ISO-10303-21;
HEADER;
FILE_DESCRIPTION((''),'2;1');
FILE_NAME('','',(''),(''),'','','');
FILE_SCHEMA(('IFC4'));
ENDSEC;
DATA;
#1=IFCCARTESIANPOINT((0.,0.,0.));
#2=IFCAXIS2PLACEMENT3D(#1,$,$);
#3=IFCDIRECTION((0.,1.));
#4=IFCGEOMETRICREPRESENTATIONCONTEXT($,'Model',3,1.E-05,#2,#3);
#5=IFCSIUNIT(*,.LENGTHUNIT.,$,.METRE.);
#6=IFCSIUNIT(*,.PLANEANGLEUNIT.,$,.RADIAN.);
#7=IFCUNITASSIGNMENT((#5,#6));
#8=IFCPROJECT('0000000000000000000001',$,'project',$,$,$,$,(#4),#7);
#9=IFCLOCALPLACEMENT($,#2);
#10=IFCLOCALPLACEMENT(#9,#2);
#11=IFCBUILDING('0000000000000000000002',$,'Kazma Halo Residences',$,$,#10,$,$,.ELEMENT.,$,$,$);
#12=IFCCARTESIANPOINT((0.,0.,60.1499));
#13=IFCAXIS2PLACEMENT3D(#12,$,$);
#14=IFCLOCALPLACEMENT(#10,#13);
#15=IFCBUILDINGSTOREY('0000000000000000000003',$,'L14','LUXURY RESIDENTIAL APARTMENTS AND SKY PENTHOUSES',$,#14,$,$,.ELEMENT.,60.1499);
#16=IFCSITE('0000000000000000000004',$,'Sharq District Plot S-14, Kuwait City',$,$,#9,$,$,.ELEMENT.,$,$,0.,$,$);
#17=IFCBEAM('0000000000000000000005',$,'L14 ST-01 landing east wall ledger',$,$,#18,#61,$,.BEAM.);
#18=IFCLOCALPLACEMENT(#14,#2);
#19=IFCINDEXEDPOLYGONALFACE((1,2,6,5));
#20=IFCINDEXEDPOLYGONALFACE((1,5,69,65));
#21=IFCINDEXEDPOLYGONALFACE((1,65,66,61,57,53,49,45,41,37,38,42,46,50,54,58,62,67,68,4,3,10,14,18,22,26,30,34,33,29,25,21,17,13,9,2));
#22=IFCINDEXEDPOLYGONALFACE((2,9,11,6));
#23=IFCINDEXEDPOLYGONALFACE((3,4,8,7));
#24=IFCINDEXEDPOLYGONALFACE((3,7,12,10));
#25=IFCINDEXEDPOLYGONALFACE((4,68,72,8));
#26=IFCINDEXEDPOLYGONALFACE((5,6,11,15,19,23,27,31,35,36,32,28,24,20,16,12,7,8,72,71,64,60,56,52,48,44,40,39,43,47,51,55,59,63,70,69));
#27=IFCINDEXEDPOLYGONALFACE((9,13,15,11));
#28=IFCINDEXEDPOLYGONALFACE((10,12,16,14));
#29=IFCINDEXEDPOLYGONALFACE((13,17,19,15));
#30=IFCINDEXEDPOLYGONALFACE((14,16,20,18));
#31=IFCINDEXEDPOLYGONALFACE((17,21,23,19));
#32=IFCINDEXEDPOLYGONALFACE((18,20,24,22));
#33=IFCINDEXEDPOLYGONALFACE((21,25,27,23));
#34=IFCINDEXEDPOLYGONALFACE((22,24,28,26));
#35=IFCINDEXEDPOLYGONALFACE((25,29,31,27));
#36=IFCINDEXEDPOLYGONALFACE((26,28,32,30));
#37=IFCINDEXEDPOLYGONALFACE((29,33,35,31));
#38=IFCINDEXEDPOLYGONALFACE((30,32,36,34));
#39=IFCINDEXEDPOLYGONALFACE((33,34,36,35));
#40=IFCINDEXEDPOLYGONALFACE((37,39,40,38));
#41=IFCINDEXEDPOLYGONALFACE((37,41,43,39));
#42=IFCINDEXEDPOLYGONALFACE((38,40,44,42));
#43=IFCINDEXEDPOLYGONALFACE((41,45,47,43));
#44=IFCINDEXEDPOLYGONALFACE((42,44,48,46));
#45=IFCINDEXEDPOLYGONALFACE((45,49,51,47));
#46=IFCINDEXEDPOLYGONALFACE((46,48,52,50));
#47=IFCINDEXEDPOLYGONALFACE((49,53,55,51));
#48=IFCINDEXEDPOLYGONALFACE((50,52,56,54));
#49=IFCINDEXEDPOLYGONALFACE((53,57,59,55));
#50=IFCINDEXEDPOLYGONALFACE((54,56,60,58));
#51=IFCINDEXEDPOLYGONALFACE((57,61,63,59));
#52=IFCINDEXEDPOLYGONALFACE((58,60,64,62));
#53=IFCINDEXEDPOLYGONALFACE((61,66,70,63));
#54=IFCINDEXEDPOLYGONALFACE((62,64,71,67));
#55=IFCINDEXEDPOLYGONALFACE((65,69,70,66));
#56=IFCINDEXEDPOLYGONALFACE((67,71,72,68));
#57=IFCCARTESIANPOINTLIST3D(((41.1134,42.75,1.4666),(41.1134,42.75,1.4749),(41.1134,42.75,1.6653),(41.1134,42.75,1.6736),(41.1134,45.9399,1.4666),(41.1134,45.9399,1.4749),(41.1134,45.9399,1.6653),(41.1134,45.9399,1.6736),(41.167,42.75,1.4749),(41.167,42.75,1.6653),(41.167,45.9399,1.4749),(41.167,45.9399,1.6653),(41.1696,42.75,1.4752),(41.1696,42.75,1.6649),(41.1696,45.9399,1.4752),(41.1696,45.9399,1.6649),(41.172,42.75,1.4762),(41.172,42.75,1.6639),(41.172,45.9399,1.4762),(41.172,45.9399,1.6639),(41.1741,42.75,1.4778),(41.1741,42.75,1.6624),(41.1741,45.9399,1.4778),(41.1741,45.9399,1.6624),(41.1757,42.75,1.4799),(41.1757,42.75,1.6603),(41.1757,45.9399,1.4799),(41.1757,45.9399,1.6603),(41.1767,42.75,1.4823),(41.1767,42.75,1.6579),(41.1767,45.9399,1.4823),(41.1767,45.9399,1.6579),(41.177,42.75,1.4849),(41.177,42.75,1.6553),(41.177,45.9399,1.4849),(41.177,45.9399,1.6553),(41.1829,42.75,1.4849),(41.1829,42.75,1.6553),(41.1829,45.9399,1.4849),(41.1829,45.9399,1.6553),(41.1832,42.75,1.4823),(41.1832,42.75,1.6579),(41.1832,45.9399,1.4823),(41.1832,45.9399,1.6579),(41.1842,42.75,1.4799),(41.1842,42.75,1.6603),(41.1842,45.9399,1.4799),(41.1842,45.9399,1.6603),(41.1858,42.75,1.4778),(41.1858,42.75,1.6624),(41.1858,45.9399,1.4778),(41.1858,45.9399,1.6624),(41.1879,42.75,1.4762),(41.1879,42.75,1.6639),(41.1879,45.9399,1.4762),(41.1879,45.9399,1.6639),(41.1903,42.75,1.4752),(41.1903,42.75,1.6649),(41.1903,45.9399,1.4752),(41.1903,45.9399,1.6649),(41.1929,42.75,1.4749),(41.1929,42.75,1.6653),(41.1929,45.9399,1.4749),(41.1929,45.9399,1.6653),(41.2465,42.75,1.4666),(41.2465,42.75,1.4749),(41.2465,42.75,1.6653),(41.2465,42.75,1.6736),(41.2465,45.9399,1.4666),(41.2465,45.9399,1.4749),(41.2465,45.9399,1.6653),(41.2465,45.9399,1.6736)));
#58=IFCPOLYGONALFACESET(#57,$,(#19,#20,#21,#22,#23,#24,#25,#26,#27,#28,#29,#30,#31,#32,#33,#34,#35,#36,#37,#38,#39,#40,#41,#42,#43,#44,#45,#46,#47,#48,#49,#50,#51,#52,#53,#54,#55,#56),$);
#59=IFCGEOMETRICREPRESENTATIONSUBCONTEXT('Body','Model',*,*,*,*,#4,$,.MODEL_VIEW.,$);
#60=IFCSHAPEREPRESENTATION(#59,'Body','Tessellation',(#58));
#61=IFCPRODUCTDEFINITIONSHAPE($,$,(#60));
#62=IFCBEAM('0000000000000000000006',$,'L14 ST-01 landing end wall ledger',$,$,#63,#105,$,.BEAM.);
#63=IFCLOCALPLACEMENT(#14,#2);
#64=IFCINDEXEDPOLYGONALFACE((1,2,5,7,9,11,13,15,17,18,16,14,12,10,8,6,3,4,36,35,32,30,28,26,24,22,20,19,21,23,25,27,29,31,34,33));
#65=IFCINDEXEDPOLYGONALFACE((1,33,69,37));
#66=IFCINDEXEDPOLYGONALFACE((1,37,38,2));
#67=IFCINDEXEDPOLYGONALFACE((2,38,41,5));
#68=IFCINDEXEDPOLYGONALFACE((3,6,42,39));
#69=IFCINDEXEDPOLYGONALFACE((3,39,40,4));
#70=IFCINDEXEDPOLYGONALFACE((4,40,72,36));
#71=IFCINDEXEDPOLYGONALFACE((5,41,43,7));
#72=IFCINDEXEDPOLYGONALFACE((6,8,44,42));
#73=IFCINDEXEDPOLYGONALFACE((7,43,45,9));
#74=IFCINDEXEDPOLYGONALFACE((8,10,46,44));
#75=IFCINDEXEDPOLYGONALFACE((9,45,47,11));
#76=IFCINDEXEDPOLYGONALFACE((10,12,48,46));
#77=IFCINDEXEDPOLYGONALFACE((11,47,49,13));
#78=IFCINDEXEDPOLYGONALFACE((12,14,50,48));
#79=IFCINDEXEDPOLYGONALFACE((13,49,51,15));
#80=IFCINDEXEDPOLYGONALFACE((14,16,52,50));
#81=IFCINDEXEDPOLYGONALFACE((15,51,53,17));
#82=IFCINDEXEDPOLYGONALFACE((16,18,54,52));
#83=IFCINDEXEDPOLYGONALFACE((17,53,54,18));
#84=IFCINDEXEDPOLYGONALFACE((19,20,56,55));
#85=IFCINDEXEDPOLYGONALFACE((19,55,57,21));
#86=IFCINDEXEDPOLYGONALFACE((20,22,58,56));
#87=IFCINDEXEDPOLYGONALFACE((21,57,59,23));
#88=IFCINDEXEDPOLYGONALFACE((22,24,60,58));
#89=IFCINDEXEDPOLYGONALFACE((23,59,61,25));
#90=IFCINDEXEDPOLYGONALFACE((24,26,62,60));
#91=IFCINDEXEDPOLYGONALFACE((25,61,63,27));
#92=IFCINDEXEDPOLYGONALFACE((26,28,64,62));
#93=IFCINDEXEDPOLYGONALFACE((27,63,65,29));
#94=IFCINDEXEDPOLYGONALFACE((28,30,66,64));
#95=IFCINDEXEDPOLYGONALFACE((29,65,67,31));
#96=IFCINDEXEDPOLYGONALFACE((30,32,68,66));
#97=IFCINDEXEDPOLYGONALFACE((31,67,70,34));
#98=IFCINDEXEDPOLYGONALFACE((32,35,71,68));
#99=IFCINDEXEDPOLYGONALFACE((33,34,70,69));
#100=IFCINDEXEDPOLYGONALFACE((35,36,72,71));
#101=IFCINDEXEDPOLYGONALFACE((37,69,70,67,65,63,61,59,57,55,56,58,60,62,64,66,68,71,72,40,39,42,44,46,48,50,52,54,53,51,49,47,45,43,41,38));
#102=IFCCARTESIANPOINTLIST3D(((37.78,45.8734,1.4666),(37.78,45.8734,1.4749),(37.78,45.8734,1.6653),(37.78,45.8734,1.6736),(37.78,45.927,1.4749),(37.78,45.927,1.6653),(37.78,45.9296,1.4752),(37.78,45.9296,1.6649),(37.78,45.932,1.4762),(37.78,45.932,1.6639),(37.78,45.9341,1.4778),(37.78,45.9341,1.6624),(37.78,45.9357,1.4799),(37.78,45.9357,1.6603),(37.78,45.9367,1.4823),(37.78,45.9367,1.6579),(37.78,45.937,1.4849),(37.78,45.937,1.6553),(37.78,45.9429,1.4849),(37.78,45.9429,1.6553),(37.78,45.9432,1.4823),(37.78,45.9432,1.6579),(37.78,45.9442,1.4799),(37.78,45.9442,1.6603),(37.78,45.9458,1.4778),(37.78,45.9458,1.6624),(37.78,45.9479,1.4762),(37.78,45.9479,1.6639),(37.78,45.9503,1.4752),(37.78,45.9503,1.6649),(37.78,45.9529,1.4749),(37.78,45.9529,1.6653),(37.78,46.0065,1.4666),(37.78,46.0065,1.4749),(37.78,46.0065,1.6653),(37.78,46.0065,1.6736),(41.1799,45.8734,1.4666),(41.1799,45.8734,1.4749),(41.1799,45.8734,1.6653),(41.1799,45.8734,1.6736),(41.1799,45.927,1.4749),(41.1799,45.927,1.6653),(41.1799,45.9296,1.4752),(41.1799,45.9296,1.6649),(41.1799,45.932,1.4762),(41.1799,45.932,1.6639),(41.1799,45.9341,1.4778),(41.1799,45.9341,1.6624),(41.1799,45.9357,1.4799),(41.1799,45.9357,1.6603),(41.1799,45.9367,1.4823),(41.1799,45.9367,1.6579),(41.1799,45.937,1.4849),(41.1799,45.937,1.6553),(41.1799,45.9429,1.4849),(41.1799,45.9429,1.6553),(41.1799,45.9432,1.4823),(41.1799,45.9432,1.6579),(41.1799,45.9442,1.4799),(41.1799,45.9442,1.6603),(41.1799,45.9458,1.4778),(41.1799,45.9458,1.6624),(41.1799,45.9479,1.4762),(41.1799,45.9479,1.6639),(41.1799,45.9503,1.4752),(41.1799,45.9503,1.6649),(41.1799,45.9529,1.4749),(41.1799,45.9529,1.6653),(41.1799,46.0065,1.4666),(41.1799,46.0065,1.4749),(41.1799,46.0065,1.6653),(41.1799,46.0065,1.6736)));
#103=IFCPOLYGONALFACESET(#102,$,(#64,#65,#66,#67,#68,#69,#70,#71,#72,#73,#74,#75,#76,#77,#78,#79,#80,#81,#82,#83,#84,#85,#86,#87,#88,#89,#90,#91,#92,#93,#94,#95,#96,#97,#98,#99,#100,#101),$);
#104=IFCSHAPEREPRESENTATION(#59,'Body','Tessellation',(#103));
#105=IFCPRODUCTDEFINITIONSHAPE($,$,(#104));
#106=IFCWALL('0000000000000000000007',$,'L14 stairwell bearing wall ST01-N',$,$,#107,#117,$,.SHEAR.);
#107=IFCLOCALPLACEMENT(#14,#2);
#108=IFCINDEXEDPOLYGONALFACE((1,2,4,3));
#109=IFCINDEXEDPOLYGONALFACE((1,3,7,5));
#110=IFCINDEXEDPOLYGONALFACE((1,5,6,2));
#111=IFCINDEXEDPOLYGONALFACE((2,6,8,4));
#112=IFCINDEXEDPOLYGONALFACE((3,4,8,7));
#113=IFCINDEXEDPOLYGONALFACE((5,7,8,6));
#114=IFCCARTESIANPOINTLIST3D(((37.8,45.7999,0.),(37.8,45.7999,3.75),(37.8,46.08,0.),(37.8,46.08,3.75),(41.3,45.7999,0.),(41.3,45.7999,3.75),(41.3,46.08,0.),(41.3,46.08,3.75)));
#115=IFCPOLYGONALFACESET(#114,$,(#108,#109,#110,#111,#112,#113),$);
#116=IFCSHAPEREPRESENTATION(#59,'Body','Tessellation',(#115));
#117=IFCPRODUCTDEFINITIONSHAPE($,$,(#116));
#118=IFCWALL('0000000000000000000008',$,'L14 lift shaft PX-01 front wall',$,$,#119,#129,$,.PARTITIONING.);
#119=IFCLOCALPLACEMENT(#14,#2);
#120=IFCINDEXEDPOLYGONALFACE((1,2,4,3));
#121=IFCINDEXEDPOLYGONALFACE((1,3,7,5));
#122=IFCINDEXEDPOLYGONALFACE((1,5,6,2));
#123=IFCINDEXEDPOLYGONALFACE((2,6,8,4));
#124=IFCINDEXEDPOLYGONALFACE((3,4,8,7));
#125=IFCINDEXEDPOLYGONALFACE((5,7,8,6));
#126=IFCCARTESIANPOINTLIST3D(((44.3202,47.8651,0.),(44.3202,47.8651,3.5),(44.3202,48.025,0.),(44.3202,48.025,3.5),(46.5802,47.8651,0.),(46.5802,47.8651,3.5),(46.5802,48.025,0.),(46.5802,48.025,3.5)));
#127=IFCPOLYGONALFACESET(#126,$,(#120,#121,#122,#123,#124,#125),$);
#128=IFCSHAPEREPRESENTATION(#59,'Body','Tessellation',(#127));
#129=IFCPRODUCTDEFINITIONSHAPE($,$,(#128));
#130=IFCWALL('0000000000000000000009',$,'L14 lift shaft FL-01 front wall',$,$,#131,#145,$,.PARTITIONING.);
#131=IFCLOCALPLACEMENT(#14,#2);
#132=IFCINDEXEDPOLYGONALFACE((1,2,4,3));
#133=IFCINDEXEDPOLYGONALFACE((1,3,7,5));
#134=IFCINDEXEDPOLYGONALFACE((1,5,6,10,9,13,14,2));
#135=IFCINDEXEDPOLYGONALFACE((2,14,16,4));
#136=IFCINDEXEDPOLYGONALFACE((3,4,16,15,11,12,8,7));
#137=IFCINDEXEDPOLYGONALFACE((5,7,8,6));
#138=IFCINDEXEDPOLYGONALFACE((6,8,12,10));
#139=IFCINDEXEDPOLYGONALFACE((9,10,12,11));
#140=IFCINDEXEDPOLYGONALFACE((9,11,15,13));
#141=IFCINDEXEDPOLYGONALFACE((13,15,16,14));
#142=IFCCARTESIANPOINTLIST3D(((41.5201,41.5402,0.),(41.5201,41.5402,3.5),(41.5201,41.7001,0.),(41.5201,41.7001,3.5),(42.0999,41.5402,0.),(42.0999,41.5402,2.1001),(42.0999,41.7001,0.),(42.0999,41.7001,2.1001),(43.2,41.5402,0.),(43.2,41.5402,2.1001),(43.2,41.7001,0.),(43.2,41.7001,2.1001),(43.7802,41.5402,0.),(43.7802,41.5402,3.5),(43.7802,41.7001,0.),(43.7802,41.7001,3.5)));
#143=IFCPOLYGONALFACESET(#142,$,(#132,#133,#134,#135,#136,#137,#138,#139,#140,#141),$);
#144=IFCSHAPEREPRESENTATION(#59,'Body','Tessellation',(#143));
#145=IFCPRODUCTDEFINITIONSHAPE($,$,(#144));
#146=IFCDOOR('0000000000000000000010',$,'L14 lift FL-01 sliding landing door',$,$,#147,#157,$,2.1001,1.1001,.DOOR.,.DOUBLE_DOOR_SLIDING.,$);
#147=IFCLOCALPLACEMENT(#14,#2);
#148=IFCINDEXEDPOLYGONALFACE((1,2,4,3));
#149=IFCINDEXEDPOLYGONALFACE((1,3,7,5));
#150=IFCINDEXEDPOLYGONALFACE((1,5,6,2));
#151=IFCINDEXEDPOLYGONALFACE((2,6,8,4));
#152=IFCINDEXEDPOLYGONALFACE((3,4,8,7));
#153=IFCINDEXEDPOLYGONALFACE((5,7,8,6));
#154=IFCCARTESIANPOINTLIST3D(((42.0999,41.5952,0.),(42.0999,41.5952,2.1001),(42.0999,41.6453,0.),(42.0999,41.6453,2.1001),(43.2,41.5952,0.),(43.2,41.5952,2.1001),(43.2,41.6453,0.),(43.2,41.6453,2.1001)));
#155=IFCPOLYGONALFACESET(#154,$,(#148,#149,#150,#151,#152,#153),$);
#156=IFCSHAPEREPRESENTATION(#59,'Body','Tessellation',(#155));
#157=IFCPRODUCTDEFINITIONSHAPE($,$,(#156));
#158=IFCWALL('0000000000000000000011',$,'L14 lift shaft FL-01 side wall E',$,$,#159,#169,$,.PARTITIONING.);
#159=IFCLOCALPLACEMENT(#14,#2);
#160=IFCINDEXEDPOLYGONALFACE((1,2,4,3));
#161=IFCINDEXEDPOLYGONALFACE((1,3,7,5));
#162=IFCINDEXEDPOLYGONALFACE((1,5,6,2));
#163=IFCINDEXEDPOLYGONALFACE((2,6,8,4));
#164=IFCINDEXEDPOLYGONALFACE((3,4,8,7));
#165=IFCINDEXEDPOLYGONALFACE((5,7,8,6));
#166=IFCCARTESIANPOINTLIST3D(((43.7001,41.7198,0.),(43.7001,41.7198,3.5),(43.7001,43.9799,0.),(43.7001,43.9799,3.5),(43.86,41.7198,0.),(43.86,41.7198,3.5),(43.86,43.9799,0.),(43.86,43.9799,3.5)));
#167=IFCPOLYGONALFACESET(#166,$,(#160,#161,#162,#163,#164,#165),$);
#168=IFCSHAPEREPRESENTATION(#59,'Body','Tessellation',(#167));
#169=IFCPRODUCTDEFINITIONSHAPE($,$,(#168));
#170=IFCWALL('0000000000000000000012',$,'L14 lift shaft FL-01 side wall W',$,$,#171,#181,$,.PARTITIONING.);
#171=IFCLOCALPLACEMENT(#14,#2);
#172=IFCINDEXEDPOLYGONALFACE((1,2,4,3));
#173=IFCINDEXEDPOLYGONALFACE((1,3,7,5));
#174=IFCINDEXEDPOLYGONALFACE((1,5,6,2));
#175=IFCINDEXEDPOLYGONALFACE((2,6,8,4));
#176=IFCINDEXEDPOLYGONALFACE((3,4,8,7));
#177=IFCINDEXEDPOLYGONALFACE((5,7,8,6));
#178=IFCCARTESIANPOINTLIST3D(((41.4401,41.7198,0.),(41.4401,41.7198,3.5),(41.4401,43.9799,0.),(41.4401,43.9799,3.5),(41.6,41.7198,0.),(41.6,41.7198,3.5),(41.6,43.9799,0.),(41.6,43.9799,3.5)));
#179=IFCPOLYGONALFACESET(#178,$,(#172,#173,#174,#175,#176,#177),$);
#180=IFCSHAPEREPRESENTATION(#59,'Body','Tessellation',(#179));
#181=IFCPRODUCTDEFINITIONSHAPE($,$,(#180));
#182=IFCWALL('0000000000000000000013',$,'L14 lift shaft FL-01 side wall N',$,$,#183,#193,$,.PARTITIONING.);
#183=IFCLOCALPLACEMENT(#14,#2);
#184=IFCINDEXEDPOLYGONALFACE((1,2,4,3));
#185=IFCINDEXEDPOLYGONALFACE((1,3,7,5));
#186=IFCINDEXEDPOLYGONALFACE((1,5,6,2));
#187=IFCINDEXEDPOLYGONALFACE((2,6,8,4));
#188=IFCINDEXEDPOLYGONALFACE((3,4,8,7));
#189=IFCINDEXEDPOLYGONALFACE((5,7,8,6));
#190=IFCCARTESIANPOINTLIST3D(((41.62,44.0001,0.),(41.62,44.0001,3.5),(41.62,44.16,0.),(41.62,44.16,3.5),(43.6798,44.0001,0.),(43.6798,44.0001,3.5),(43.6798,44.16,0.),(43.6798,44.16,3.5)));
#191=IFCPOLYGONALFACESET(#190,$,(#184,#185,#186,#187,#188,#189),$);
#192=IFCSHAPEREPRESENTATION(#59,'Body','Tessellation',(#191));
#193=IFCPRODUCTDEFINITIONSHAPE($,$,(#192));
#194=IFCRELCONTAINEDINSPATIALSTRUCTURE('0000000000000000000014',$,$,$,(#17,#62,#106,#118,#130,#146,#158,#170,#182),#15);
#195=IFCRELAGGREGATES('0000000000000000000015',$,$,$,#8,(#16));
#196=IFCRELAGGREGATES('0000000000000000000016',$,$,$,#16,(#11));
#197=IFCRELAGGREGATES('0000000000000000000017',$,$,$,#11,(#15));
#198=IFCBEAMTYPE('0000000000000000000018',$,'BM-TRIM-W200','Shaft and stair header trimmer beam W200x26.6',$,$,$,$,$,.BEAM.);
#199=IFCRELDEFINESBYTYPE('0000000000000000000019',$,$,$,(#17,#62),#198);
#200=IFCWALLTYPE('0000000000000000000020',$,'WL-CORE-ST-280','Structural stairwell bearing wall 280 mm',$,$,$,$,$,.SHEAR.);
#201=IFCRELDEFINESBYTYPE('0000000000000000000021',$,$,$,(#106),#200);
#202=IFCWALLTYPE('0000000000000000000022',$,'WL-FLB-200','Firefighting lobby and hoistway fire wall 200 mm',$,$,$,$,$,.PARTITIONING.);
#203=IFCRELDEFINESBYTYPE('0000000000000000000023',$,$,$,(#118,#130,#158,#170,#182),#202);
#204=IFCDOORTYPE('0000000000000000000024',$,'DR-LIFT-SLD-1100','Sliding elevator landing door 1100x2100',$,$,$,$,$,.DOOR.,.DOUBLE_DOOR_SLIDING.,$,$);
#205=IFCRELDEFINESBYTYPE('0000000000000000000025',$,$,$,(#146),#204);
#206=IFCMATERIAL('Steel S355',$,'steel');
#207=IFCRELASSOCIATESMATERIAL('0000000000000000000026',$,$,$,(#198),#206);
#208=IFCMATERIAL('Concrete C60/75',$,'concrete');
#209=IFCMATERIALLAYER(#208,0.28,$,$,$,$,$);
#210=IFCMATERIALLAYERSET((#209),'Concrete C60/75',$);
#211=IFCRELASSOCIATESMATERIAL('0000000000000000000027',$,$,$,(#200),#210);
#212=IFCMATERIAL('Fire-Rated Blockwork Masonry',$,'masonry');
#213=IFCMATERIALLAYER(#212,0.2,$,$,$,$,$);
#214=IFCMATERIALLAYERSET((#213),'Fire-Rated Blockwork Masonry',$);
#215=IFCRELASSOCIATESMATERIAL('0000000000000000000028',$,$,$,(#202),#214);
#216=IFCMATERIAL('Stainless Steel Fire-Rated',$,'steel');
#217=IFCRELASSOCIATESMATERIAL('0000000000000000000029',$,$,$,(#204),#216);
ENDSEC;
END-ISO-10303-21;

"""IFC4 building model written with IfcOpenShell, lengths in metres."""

from ifc_helpers import new_model, si_unit, direction, frame, frame_2d, origin, origin_2d, place, context, subcontext, project, spatial, rectangle, i_section, extrude, material, layer, layer_set, material_profile, profile_set, type_object, element, fill, save


model = new_model("IFC4")

# Units and contexts
model_context = context("Model", 3, precision=1e-05, world=origin(), true_north=direction((0.0, 1.0)))
body_context = subcontext(model_context, "Body", "Model", "MODEL_VIEW")
ifc_project = project(units=[si_unit("LENGTHUNIT", "METRE"), si_unit("PLANEANGLEUNIT", "RADIAN")], contexts=[model_context])

# Site, building, storey
site_placement = place(None, origin())
site = spatial("IfcSite", under=ifc_project, at=site_placement, Name="Sharq District Plot S-14, Kuwait City", CompositionType="ELEMENT", RefElevation=0.0)
building_placement = place(site_placement, origin())
building = spatial("IfcBuilding", under=site, at=building_placement, Name="Kazma Halo Residences", CompositionType="ELEMENT")
storey_placement = place(building_placement, frame((0.0, 0.0, 60.1499)))
storey = spatial("IfcBuildingStorey", under=building, at=storey_placement, Name="L14", Description="LUXURY RESIDENTIAL APARTMENTS AND SKY PENTHOUSES", CompositionType="ELEMENT", Elevation=60.1499)

# Shared definitions
ifc_material_1 = material(Name="Steel S355", Category="steel")

# Beams
ifc_material_profile_1 = material_profile(ifc_material_1, i_section(OverallWidth=0.1331, OverallDepth=0.207, WebThickness=0.0059, FlangeThickness=0.0083, FilletRadius=0.01, at=origin_2d()), Name="W200x26.6")
ifc_profile_set_1 = profile_set([ifc_material_profile_1], Name="Steel S355")
beam_type_1 = type_object("IfcBeamType", Name="BM-TRIM-W200", Description="Shaft and stair header trimmer beam W200x26.6", PredefinedType="BEAM", material=ifc_profile_set_1)
beam_1_placement = place(storey_placement, frame((41.1799, 42.75, 1.5701), z_axis=(0.0, 1.0, 0.0), x_axis=(-1.0, 0.0, 0.0)))
element("IfcBeam", 1, at=beam_1_placement, inside=storey, type_object=beam_type_1, Name="L14 ST-01 landing east wall ledger", PredefinedType="BEAM", context=body_context, shape_type="SweptSolid", body=[
    extrude(i_section(OverallWidth=0.1331, OverallDepth=0.207, WebThickness=0.0059, FlangeThickness=0.0083, FilletRadius=0.01, at=origin_2d()), origin(), (0.0, 0.0, 1.0), 3.1899),
])
beam_2_placement = place(storey_placement, frame((37.78, 45.9399, 1.5701), z_axis=(1.0, 0.0, 0.0), x_axis=(0.0, 1.0, 0.0)))
element("IfcBeam", 2, at=beam_2_placement, inside=storey, type_object=beam_type_1, Name="L14 ST-01 landing end wall ledger", PredefinedType="BEAM", context=body_context, shape_type="SweptSolid", body=[
    extrude(i_section(OverallWidth=0.1331, OverallDepth=0.207, WebThickness=0.0059, FlangeThickness=0.0083, FilletRadius=0.01, at=origin_2d()), origin(), (0.0, 0.0, 1.0), 3.3999),
])

# Walls
ifc_material_2 = material(Name="Concrete C60/75", Category="concrete")
ifc_layer_1 = layer(ifc_material_2, 0.28)
ifc_layer_set_1 = layer_set([ifc_layer_1], Name="Concrete C60/75")
wall_type_1 = type_object("IfcWallType", Name="WL-CORE-ST-280", Description="Structural stairwell bearing wall 280 mm", PredefinedType="SHEAR", material=ifc_layer_set_1)
wall_1_placement = place(storey_placement, frame((37.8, 45.9399, 0.0), z_axis=(0.0, 0.0, 1.0), x_axis=(1.0, 0.0, 0.0)))
element("IfcWall", 3, at=wall_1_placement, inside=storey, type_object=wall_type_1, Name="L14 stairwell bearing wall ST01-N", PredefinedType="SHEAR", context=body_context, shape_type="SweptSolid", body=[
    extrude(rectangle(XDim=3.5, YDim=0.28, at=frame_2d((1.75, 0.0))), origin(), (0.0, 0.0, 1.0), 3.75),
])
ifc_material_3 = material(Name="Fire-Rated Blockwork Masonry", Category="masonry")
ifc_layer_2 = layer(ifc_material_3, 0.2)
ifc_layer_set_2 = layer_set([ifc_layer_2], Name="Fire-Rated Blockwork Masonry")
wall_type_2 = type_object("IfcWallType", Name="WL-FLB-200", Description="Firefighting lobby and hoistway fire wall 200 mm", PredefinedType="PARTITIONING", material=ifc_layer_set_2)
wall_2_placement = place(storey_placement, frame((46.5801, 47.9451, 0.0), z_axis=(0.0, 0.0, 1.0), x_axis=(-1.0, 0.0, 0.0)))
element("IfcWall", 4, at=wall_2_placement, inside=storey, type_object=wall_type_2, Name="L14 lift shaft PX-01 front wall", PredefinedType="PARTITIONING", context=body_context, shape_type="SweptSolid", body=[
    extrude(rectangle(XDim=2.26, YDim=0.1599, at=frame_2d((1.1299, 0.0))), origin(), (0.0, 0.0, 1.0), 3.5),
])

# Wall, opening, door
wall_3_placement = place(storey_placement, frame((43.78, 41.6201, 0.0), z_axis=(0.0, 0.0, 1.0), x_axis=(-1.0, 0.0, 0.0)))
wall_3 = element("IfcWall", 5, at=wall_3_placement, inside=storey, type_object=wall_type_2, Name="L14 lift shaft FL-01 front wall", PredefinedType="PARTITIONING", context=body_context, shape_type="SweptSolid", body=[
    extrude(rectangle(XDim=2.26, YDim=0.1599, at=frame_2d((1.1299, 0.0))), origin(), (0.0, 0.0, 1.0), 3.5),
])
opening_1_placement = place(wall_3_placement, frame((0.5801, 0.0, 0.0)))
opening_1 = element("IfcOpeningElement", 6, at=opening_1_placement, cuts=wall_3, PredefinedType="OPENING", context=body_context, shape_type="SweptSolid", body=[
    extrude(rectangle(XDim=1.1001, YDim=2.1001, at=frame_2d((0.55, 1.05))), frame((0.0, 0.0898, 0.0), z_axis=(0.0, -1.0, 0.0), x_axis=(1.0, 0.0, 0.0)), (0.0, 0.0, 1.0), 0.1799),
])
ifc_material_4 = material(Name="Stainless Steel Fire-Rated", Category="steel")
door_type_1 = type_object("IfcDoorType", Name="DR-LIFT-SLD-1100", Description="Sliding elevator landing door 1100x2100", OperationType="DOUBLE_DOOR_SLIDING", PredefinedType="DOOR", material=ifc_material_4)
door_1_placement = place(opening_1_placement, origin())
door_1 = element("IfcDoor", 7, at=door_1_placement, inside=storey, type_object=door_type_1, Name="L14 lift FL-01 sliding landing door", OperationType="DOUBLE_DOOR_SLIDING", OverallHeight=2.1001, OverallWidth=1.1001, PredefinedType="DOOR", context=body_context, shape_type="SweptSolid", body=[
    extrude(rectangle(XDim=1.1001, YDim=2.1001, at=frame_2d((0.55, 1.05))), frame((0.0, 0.0249, 0.0), z_axis=(0.0, -1.0, 0.0), x_axis=(1.0, 0.0, 0.0)), (0.0, 0.0, 1.0), 0.05),
])
fill(opening_1, door_1)

# Walls
for number, where, z_axis, x_axis, name in (
    (8, (43.78, 41.72, 0.0), (0.0, 0.0, 1.0), (0.0, 1.0, 0.0), "L14 lift shaft FL-01 side wall E"),
    (9, (41.52, 41.72, 0.0), (0.0, 0.0, 1.0), (0.0, 1.0, 0.0), "L14 lift shaft FL-01 side wall W"),
):
    element("IfcWall", number, at=place(storey_placement, frame(where, z_axis=z_axis, x_axis=x_axis)), inside=storey, type_object=wall_type_2, Name=name, PredefinedType="PARTITIONING", context=body_context, shape_type="SweptSolid", body=[
        extrude(rectangle(XDim=2.26, YDim=0.1599, at=frame_2d((1.1299, 0.0))), origin(), (0.0, 0.0, 1.0), 3.5),
    ])
wall_4_placement = place(storey_placement, frame((41.6201, 44.0801, 0.0), z_axis=(0.0, 0.0, 1.0), x_axis=(1.0, 0.0, 0.0)))
element("IfcWall", 10, at=wall_4_placement, inside=storey, type_object=wall_type_2, Name="L14 lift shaft FL-01 side wall N", PredefinedType="PARTITIONING", context=body_context, shape_type="SweptSolid", body=[
    extrude(rectangle(XDim=2.0598, YDim=0.1599, at=frame_2d((1.0298, 0.0))), origin(), (0.0, 0.0, 1.0), 3.5),
])

save(model, "model.ifc")
